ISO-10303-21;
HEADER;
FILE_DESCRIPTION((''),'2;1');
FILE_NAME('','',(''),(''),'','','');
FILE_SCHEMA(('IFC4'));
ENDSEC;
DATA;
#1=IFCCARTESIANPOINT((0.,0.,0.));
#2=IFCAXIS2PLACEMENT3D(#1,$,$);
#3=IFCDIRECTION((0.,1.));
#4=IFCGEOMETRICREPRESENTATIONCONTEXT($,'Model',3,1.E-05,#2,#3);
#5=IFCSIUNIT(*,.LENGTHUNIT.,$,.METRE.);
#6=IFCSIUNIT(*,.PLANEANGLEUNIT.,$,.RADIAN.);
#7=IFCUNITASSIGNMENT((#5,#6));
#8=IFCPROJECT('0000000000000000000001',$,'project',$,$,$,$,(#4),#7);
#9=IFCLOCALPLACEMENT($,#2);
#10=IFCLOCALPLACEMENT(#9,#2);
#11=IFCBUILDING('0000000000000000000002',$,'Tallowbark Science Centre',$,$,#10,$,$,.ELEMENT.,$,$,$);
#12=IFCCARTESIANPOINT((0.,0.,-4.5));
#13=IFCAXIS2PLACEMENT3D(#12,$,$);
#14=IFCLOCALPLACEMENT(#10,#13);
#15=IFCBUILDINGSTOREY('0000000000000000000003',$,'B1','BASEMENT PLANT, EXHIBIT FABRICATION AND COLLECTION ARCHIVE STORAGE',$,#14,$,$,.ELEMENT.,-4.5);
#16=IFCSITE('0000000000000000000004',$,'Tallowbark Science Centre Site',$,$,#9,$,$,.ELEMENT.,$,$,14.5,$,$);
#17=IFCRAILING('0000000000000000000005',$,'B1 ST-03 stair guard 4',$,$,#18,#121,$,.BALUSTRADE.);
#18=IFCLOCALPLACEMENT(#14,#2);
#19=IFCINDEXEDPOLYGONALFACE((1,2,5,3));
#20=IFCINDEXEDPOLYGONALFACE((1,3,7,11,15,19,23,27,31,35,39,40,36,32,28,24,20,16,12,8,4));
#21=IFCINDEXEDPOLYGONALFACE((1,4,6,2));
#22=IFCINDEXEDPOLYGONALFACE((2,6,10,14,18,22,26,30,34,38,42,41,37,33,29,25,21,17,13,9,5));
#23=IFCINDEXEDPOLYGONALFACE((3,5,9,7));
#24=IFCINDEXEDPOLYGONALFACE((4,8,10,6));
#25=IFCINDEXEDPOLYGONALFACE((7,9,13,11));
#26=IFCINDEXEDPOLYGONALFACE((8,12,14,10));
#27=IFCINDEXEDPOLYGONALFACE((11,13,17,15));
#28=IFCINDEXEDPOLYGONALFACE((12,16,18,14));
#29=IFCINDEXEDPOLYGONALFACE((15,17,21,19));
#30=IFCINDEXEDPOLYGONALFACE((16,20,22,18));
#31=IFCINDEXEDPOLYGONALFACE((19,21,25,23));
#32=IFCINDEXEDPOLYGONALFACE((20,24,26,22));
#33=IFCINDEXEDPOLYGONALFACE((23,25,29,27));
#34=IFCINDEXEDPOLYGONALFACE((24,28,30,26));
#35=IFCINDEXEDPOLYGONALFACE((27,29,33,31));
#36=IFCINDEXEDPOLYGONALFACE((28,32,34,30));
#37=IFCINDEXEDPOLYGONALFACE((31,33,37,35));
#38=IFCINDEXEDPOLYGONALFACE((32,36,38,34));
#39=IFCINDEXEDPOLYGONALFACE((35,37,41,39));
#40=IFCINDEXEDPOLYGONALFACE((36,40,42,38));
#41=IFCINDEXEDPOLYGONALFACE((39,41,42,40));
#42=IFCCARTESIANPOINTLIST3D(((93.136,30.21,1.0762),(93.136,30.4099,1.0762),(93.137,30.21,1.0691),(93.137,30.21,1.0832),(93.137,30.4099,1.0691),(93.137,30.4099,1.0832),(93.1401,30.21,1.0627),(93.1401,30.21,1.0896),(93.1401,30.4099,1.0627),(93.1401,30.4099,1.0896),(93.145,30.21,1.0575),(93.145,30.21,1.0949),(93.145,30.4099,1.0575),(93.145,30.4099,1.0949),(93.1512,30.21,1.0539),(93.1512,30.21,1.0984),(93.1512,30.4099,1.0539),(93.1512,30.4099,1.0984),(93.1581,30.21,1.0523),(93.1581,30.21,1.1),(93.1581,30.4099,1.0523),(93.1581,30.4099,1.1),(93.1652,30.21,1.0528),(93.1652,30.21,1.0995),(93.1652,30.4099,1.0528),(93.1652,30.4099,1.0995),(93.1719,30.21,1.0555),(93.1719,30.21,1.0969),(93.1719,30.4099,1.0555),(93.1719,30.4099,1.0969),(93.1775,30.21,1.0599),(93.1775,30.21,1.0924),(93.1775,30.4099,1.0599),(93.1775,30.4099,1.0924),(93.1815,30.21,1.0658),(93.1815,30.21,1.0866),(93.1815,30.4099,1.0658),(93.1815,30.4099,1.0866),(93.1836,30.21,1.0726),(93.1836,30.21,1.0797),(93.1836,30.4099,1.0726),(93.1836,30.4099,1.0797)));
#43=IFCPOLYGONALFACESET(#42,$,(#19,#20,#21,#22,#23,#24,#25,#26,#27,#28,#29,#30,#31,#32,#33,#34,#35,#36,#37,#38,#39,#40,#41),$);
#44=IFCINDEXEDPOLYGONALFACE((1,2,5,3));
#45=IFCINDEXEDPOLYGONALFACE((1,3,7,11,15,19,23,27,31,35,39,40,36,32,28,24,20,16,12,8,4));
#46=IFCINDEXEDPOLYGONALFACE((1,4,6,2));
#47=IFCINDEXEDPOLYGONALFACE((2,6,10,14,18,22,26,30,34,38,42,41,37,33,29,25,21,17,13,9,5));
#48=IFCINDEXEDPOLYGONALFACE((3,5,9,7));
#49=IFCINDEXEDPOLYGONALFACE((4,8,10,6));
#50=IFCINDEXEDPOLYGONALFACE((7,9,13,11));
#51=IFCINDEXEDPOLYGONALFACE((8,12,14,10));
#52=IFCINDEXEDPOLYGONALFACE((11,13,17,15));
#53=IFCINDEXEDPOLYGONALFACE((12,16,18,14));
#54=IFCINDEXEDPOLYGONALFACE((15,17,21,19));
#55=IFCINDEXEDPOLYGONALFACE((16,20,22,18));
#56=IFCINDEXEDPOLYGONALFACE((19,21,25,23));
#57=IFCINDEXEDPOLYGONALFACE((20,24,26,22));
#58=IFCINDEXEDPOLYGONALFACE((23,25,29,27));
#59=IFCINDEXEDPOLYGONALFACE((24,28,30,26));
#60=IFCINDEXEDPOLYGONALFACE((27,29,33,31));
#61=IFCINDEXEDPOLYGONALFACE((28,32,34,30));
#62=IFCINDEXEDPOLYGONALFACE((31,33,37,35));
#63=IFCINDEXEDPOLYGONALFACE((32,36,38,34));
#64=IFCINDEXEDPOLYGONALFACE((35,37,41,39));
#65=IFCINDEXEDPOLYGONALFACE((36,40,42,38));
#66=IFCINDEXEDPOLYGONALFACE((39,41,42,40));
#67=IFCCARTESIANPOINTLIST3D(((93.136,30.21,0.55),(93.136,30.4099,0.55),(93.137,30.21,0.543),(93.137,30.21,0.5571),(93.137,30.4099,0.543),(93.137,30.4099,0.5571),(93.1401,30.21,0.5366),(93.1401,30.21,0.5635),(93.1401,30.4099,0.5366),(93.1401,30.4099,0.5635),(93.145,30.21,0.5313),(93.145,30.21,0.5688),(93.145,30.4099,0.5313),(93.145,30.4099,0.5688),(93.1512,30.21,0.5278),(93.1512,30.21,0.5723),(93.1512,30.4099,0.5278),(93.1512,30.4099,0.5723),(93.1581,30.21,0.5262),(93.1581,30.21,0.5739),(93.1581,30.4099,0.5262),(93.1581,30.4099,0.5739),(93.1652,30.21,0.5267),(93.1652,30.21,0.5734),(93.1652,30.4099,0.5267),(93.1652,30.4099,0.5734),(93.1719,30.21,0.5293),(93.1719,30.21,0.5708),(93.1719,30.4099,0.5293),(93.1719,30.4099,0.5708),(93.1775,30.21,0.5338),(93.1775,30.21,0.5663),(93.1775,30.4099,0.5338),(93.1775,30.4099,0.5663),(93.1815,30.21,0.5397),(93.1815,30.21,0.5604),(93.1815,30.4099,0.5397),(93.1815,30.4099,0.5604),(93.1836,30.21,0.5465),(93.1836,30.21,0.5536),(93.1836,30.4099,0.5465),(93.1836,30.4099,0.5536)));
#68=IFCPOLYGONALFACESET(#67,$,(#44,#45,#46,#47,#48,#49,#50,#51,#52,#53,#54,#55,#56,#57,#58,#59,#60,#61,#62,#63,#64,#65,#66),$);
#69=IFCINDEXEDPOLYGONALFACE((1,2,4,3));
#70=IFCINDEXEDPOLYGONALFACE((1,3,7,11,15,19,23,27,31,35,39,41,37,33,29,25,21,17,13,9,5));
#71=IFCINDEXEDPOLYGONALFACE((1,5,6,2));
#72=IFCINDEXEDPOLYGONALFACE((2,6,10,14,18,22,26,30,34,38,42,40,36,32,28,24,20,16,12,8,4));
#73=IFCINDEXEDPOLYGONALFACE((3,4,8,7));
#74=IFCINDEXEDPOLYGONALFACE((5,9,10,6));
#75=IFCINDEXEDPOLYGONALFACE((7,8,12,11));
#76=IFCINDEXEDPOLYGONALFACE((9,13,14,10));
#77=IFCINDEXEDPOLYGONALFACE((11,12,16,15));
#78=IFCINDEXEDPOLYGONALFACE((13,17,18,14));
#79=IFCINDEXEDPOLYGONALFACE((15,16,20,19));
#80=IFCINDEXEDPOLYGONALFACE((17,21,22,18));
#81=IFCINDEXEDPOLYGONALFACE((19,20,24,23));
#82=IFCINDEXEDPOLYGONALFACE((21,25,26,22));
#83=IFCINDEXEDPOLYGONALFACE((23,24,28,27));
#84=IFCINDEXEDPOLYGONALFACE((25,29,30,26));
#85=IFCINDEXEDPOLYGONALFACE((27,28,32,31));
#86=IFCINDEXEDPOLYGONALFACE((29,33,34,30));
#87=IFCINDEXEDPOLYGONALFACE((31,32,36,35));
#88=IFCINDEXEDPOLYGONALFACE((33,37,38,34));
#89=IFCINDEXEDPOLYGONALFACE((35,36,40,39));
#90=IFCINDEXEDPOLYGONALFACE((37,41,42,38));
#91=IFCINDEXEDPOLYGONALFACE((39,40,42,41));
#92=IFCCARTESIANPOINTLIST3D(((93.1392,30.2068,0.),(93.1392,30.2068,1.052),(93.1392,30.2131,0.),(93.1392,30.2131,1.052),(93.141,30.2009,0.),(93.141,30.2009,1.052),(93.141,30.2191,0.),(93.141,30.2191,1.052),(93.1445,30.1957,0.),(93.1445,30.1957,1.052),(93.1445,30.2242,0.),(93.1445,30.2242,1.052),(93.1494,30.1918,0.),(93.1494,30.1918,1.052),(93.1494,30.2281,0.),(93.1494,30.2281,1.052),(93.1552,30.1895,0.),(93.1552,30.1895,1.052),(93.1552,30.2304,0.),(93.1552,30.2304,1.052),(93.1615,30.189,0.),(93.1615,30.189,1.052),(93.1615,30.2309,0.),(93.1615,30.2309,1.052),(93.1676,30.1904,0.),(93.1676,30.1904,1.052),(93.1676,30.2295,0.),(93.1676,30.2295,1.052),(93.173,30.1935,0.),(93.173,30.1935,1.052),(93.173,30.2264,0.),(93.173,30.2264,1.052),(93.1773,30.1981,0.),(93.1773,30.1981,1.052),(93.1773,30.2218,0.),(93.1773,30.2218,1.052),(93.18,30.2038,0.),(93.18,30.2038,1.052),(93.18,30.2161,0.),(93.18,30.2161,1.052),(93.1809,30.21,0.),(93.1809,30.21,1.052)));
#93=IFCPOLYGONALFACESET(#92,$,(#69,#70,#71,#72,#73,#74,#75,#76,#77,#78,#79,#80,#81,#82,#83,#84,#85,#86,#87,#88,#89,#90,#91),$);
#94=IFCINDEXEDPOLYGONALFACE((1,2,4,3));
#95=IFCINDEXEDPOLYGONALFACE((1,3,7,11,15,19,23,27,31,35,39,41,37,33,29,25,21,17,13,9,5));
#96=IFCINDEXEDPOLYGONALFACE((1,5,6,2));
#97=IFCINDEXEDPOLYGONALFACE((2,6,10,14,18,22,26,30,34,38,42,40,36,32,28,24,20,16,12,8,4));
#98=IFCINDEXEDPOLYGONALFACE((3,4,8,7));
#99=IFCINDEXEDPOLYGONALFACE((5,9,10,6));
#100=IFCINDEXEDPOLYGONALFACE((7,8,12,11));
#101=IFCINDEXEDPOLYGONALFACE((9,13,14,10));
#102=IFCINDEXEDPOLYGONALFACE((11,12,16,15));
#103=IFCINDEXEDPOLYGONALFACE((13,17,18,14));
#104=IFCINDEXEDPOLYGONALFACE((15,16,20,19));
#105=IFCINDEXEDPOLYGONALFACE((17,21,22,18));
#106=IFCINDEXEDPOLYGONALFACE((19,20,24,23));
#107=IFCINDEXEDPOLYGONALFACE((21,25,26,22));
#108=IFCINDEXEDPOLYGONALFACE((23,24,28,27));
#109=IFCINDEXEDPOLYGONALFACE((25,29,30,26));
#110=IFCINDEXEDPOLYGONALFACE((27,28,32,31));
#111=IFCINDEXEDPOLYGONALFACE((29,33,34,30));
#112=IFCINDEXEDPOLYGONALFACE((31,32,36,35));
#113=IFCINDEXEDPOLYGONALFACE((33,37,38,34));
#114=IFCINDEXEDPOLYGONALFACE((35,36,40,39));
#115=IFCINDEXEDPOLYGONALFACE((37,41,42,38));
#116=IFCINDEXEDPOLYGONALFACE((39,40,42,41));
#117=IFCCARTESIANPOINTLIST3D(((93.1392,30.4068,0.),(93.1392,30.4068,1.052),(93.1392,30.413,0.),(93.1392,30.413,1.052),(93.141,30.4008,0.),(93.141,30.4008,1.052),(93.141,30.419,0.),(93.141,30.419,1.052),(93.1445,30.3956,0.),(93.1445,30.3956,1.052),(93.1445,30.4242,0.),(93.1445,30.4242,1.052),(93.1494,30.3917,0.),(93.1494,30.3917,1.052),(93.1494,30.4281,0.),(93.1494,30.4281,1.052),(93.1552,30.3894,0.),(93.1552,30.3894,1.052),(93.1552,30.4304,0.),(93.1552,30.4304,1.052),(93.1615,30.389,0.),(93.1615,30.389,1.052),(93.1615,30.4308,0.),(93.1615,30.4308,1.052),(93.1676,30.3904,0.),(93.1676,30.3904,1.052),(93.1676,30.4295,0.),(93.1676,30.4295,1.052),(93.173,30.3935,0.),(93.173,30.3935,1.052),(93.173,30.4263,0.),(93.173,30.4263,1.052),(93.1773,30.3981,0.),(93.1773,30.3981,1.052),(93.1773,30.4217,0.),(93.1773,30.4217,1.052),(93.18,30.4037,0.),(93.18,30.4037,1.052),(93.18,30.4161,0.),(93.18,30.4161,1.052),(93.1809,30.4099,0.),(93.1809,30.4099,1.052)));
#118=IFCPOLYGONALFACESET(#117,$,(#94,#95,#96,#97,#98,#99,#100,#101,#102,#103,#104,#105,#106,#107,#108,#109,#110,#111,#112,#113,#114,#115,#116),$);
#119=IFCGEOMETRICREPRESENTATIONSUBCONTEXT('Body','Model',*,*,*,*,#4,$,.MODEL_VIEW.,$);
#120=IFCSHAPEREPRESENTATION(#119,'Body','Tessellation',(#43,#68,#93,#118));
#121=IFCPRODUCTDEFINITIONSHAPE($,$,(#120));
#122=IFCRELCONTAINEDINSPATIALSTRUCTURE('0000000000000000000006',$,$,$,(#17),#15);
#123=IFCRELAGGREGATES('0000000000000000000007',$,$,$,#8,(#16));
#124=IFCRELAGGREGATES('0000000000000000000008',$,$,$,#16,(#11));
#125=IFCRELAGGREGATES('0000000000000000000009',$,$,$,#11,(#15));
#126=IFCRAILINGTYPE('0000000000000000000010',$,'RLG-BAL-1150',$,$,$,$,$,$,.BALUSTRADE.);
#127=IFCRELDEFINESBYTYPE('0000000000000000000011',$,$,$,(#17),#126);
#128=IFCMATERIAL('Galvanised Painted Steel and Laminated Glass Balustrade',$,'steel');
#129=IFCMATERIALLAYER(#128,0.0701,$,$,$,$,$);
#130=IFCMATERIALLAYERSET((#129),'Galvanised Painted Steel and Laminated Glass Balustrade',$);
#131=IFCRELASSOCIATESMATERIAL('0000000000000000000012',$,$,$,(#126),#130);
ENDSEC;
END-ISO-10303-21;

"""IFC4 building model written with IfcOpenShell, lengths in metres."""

from ifc_helpers import new_model, si_unit, direction, frame, origin, origin_2d, place, context, subcontext, project, spatial, circle, extrude, material, layer, layer_set, type_object, element, save


model = new_model("IFC4")

# Units and contexts
model_context = context("Model", 3, precision=1e-05, world=origin(), true_north=direction((0.0, 1.0)))
body_context = subcontext(model_context, "Body", "Model", "MODEL_VIEW")
ifc_project = project(units=[si_unit("LENGTHUNIT", "METRE"), si_unit("PLANEANGLEUNIT", "RADIAN")], contexts=[model_context])

# Site, building, storey
site_placement = place(None, origin())
site = spatial("IfcSite", under=ifc_project, at=site_placement, Name="Tallowbark Science Centre Site", CompositionType="ELEMENT", RefElevation=14.5)
building_placement = place(site_placement, origin())
building = spatial("IfcBuilding", under=site, at=building_placement, Name="Tallowbark Science Centre", CompositionType="ELEMENT")
storey_placement = place(building_placement, frame((0.0, 0.0, -4.5)))
storey = spatial("IfcBuildingStorey", under=building, at=storey_placement, Name="B1", Description="BASEMENT PLANT, EXHIBIT FABRICATION AND COLLECTION ARCHIVE STORAGE", CompositionType="ELEMENT", Elevation=-4.5)

# Railing
ifc_material_1 = material(Name="Galvanised Painted Steel and Laminated Glass Balustrade", Category="steel")
ifc_layer_1 = layer(ifc_material_1, 0.0701)
ifc_layer_set_1 = layer_set([ifc_layer_1], Name="Galvanised Painted Steel and Laminated Glass Balustrade")
railing_type_1 = type_object("IfcRailingType", Name="RLG-BAL-1150", PredefinedType="BALUSTRADE", material=ifc_layer_set_1)
railing_1_placement = place(storey_placement, frame((93.1599, 30.21, 0.0)))
element("IfcRailing", 1, at=railing_1_placement, inside=storey, type_object=railing_type_1, Name="B1 ST-03 stair guard 4", PredefinedType="BALUSTRADE", context=body_context, shape_type="SweptSolid", body=[
    extrude(circle(Radius=0.0239, at=origin_2d()), frame((0.0, 0.0, 1.0762), z_axis=(0.0, 1.0, 0.0), x_axis=(-1.0, 0.0, 0.0)), (0.0, 0.0, 1.0), 0.2),
    extrude(circle(Radius=0.0239, at=origin_2d()), frame((0.0, 0.0, 0.55), z_axis=(0.0, 1.0, 0.0), x_axis=(-1.0, 0.0, 0.0)), (0.0, 0.0, 1.0), 0.2),
    extrude(circle(Radius=0.021, at=origin_2d()), origin(), (0.0, 0.0, 1.0), 1.052),
    extrude(circle(Radius=0.021, at=origin_2d()), frame((0.0, 0.2, 0.0)), (0.0, 0.0, 1.0), 1.052),
])

save(model, "model.ifc")
